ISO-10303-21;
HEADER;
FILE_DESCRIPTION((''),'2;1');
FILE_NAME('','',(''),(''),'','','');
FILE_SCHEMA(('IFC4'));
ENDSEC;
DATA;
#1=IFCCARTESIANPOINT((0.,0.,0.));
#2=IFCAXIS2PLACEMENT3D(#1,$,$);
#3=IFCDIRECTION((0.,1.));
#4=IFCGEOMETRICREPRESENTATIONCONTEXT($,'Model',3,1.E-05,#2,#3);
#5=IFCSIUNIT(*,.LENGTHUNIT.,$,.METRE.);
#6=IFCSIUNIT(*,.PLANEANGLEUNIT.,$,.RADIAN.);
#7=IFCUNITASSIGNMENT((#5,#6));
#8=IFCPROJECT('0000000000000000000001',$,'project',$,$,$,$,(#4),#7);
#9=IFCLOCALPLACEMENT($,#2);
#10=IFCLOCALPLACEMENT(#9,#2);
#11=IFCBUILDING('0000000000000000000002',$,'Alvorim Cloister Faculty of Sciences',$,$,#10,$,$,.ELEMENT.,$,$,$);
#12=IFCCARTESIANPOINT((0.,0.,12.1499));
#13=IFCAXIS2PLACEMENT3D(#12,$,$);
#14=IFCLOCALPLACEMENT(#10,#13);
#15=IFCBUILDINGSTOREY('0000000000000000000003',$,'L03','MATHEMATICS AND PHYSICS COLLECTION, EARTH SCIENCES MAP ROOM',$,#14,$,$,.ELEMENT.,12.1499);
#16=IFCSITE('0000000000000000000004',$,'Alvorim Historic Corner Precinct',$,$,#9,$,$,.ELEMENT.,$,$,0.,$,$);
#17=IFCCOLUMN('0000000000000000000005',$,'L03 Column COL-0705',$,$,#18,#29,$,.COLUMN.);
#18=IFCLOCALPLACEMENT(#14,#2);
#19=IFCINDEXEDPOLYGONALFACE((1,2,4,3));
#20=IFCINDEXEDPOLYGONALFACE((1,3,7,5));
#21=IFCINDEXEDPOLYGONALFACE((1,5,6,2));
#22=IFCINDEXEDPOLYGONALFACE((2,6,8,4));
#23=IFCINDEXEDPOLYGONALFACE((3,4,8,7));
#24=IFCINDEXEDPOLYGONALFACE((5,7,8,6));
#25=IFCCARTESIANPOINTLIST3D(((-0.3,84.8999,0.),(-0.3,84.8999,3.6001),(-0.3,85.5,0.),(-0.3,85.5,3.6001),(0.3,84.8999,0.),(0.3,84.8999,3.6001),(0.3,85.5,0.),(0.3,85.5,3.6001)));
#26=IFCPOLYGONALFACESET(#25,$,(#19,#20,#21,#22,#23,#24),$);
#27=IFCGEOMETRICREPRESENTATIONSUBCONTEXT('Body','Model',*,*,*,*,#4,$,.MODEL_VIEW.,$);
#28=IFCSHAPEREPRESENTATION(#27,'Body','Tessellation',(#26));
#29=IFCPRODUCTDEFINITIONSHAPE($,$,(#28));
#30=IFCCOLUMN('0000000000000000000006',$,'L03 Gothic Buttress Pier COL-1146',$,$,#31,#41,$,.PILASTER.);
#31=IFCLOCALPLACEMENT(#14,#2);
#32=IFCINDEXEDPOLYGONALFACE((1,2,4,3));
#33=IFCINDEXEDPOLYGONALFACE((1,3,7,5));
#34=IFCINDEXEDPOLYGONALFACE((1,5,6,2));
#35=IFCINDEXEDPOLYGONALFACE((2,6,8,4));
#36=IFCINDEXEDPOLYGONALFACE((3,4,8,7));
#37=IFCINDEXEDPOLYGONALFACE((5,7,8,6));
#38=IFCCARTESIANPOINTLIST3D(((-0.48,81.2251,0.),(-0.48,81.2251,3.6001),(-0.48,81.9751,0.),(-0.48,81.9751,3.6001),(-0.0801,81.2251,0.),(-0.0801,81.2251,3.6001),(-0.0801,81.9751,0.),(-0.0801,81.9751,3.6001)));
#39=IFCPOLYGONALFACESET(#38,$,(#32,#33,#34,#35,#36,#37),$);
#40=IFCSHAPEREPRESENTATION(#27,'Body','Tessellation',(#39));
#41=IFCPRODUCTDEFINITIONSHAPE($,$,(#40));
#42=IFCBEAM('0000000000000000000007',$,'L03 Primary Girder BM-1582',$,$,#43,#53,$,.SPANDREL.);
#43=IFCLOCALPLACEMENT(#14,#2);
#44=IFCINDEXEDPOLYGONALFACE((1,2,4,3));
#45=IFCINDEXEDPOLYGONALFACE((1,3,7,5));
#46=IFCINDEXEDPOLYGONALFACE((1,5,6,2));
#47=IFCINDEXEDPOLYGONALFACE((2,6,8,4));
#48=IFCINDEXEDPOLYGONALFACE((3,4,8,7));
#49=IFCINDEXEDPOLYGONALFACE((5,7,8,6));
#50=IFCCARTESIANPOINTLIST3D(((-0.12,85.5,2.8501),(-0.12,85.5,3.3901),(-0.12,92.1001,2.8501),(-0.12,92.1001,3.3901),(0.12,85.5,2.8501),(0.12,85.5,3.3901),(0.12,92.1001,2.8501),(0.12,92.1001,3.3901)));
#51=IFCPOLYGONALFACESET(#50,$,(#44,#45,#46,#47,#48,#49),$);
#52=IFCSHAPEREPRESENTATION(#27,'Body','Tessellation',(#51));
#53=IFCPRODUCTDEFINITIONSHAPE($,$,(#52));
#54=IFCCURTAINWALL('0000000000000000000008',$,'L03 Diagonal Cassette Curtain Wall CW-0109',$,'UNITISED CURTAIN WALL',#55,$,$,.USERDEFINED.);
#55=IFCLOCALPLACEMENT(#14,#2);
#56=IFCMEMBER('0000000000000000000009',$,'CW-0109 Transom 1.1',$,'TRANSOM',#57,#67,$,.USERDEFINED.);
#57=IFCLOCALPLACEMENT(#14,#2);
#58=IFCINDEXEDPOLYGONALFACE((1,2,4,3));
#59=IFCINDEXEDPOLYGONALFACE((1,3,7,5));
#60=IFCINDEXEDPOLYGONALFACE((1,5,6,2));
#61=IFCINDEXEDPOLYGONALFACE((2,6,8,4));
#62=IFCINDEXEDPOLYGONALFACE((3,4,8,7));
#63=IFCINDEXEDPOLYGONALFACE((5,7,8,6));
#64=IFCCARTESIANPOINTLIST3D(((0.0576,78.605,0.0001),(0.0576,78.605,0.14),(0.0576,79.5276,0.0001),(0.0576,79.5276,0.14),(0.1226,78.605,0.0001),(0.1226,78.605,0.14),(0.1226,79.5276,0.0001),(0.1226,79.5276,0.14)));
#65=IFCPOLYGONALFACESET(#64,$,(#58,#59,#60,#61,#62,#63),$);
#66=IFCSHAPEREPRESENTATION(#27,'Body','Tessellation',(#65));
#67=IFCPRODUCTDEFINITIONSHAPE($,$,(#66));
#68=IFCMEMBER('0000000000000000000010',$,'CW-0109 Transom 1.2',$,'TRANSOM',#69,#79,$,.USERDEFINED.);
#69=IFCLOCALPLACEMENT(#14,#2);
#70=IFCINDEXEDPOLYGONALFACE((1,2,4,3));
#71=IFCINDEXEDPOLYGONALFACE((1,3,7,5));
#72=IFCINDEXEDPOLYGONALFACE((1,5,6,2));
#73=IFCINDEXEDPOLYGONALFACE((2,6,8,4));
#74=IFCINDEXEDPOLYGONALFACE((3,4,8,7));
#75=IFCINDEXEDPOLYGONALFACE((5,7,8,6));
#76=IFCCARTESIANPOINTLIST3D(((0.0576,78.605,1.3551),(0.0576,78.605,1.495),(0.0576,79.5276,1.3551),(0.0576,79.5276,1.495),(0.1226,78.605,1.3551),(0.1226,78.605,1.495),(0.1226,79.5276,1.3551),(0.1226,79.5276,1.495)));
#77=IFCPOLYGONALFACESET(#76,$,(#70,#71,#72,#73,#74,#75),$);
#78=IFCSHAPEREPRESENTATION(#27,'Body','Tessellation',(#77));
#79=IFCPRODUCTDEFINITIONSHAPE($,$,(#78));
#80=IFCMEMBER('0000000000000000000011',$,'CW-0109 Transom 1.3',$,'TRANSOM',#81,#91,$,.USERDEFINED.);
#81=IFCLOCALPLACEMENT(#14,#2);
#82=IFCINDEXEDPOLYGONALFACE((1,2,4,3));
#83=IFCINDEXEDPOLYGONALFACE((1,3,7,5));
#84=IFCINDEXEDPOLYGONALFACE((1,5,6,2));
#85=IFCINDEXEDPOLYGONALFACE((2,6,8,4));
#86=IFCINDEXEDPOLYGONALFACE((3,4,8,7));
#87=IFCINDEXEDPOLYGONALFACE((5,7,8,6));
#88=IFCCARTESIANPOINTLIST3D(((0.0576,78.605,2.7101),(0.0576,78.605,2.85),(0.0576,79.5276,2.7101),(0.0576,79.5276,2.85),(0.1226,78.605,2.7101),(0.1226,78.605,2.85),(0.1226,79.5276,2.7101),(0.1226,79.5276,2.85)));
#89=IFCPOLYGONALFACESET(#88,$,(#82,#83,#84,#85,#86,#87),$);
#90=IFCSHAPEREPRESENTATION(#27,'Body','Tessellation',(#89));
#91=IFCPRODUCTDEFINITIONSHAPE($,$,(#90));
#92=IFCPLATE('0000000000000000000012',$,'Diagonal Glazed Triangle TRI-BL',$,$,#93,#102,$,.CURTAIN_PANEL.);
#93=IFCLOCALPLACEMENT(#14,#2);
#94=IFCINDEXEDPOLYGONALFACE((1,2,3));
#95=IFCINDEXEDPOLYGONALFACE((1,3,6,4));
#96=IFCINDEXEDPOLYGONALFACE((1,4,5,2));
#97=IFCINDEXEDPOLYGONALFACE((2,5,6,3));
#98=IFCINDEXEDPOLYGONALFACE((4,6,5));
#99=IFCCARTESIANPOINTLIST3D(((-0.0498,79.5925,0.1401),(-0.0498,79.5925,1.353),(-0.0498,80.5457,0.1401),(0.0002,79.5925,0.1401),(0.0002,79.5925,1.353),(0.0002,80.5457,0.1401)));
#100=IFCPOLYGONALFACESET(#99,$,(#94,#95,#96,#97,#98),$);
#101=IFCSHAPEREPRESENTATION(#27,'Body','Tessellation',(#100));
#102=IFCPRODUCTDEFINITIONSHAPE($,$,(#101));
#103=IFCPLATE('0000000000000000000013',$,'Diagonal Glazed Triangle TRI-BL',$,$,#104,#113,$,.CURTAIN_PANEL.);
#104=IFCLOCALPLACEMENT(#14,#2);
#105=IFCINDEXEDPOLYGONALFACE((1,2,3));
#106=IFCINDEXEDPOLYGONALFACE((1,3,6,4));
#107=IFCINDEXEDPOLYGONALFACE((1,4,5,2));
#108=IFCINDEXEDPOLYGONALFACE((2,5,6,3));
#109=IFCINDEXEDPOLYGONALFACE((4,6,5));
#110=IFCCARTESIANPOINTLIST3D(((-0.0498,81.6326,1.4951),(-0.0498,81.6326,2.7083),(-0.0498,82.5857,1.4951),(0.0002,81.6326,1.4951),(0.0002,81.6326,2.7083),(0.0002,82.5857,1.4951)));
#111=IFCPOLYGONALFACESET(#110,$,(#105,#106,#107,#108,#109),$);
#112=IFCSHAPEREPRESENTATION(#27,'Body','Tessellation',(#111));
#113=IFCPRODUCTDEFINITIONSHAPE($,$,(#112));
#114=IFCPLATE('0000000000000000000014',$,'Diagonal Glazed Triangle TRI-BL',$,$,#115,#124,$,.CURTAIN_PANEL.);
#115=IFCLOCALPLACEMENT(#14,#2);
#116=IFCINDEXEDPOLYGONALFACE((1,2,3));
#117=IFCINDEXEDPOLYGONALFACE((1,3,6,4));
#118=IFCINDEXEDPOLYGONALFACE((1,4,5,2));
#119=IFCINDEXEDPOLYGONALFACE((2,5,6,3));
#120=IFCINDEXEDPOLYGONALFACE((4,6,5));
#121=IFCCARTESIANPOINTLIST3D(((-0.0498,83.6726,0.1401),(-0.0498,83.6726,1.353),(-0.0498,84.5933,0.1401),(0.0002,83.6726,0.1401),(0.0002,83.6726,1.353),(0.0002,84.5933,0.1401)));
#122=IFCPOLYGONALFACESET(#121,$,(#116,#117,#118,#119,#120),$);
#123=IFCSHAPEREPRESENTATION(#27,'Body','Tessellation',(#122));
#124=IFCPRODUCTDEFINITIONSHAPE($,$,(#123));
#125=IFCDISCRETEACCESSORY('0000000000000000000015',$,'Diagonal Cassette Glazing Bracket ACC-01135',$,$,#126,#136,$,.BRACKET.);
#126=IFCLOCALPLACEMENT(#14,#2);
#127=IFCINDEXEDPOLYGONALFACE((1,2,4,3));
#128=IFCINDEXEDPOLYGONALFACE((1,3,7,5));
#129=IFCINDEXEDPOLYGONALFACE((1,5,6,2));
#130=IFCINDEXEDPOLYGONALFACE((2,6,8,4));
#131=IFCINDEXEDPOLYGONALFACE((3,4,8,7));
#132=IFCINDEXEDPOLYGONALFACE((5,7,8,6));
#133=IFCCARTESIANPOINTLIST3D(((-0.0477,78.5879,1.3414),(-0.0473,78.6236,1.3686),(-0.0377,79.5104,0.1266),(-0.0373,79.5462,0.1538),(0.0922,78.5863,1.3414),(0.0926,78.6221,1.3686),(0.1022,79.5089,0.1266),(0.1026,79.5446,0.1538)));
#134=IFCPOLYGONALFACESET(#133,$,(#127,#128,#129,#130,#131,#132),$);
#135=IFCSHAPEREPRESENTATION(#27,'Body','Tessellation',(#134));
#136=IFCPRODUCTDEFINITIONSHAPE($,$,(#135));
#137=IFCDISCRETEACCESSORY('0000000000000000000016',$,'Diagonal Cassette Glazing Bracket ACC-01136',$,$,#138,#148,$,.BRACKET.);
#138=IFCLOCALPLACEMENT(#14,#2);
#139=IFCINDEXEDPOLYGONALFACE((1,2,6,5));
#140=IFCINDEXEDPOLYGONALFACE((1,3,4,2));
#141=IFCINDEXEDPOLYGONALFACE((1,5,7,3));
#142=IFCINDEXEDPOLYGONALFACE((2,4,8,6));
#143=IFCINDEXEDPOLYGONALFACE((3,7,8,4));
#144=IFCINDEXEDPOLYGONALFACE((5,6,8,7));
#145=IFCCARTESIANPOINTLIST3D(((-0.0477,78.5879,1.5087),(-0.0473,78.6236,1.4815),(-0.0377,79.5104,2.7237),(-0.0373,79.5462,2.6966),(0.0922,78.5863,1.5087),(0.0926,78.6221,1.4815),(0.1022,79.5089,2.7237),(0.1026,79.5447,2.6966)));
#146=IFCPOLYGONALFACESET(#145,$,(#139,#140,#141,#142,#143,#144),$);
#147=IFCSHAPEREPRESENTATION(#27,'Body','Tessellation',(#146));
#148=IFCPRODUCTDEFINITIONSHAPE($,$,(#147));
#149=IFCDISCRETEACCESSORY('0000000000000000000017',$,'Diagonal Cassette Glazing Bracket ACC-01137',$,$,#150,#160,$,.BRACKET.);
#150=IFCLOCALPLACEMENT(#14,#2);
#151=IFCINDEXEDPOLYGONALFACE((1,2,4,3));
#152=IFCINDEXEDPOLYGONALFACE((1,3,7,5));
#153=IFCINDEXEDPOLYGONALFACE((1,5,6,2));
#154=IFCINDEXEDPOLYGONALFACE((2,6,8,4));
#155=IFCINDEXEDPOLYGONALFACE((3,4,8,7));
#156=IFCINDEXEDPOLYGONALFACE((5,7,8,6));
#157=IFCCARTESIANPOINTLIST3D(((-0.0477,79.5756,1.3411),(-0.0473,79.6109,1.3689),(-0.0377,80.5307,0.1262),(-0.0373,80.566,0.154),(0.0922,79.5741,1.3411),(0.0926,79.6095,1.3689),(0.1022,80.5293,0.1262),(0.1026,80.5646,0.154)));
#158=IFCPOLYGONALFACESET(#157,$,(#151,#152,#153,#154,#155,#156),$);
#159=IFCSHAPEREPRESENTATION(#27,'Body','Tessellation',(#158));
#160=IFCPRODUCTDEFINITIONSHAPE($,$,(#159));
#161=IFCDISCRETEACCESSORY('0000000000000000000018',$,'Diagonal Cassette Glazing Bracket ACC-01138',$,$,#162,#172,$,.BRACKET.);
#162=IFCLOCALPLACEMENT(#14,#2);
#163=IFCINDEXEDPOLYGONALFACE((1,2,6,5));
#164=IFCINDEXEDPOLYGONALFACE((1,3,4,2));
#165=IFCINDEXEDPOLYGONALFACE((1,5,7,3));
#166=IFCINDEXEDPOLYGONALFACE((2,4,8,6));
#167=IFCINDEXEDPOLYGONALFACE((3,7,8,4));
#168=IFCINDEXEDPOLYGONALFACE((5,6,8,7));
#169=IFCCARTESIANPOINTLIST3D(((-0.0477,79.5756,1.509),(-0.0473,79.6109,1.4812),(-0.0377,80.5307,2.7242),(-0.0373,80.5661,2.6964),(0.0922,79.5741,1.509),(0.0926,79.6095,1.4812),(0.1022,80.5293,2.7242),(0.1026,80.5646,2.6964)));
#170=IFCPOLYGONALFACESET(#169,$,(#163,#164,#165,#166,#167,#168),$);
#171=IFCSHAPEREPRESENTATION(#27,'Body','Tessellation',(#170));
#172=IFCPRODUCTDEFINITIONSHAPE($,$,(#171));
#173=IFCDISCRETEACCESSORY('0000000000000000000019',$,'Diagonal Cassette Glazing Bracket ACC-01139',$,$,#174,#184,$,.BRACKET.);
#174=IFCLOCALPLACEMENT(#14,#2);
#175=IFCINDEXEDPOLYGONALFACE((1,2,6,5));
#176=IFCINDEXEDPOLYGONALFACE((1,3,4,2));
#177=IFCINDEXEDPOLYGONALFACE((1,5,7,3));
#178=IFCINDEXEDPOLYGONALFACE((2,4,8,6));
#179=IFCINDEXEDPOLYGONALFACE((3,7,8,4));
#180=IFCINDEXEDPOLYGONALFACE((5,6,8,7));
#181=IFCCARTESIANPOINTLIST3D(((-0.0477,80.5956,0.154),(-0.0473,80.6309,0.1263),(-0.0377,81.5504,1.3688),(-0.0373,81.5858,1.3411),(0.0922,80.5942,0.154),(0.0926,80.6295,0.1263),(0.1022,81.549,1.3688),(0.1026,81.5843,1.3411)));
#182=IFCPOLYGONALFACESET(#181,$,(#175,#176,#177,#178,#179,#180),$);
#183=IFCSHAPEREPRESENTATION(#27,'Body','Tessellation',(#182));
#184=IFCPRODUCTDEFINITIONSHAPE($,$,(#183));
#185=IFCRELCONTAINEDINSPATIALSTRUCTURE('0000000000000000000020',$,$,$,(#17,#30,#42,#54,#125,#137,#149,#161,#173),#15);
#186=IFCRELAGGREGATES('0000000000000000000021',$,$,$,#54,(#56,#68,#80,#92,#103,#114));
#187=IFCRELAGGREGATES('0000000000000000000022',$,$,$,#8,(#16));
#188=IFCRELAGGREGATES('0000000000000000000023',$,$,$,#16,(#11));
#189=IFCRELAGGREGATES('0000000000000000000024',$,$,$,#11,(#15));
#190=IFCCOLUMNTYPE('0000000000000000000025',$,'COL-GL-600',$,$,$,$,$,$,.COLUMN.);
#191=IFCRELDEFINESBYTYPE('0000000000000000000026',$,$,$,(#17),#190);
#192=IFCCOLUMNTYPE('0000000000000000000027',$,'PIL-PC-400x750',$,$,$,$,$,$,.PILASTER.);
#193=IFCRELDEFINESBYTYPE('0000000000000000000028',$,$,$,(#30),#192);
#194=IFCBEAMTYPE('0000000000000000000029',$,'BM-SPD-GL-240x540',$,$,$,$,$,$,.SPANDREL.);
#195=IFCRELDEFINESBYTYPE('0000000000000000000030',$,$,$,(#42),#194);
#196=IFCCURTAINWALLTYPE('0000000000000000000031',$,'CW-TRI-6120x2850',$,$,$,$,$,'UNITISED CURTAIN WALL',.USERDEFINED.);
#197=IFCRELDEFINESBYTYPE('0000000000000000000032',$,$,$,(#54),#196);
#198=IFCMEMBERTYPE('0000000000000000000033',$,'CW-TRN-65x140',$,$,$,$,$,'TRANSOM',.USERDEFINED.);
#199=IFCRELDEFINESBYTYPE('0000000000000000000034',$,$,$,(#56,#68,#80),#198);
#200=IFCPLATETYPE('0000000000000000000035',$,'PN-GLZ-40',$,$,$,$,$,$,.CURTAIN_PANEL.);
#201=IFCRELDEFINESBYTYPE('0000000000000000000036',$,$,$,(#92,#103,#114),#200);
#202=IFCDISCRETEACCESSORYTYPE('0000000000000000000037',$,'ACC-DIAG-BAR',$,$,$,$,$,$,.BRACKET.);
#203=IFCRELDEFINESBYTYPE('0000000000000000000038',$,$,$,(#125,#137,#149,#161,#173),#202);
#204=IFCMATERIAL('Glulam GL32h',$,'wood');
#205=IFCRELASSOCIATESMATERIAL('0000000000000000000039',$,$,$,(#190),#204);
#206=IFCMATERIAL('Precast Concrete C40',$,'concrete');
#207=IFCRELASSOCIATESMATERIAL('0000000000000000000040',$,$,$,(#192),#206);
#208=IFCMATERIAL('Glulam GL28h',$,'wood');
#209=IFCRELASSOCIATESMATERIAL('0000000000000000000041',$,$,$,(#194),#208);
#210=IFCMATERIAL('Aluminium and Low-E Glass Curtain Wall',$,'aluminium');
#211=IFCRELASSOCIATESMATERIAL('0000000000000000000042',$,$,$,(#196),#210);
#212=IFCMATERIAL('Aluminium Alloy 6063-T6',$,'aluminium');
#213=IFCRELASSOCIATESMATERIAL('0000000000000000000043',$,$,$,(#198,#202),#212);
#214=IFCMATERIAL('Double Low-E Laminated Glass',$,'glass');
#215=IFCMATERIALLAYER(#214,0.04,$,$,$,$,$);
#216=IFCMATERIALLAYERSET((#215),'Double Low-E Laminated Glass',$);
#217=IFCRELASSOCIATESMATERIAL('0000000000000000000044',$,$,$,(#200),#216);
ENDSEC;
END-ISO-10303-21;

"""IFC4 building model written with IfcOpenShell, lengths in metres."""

from ifc_helpers import new_model, si_unit, direction, frame, origin, origin_2d, place, context, subcontext, project, spatial, polyline, rectangle, outline, extrude, material, layer, layer_set, material_profile, profile_set, type_object, element, aggregate, save


model = new_model("IFC4")

# Units and contexts
model_context = context("Model", 3, precision=1e-05, world=origin(), true_north=direction((0.0, 1.0)))
body_context = subcontext(model_context, "Body", "Model", "MODEL_VIEW")
ifc_project = project(units=[si_unit("LENGTHUNIT", "METRE"), si_unit("PLANEANGLEUNIT", "RADIAN")], contexts=[model_context])

# Site, building, storey
site_placement = place(None, origin())
site = spatial("IfcSite", under=ifc_project, at=site_placement, Name="Alvorim Historic Corner Precinct", CompositionType="ELEMENT", RefElevation=0.0)
building_placement = place(site_placement, origin())
building = spatial("IfcBuilding", under=site, at=building_placement, Name="Alvorim Cloister Faculty of Sciences", CompositionType="ELEMENT")
storey_placement = place(building_placement, frame((0.0, 0.0, 12.1499)))
storey = spatial("IfcBuildingStorey", under=building, at=storey_placement, Name="L03", Description="MATHEMATICS AND PHYSICS COLLECTION, EARTH SCIENCES MAP ROOM", CompositionType="ELEMENT", Elevation=12.1499)

# Columns
ifc_material_1 = material(Name="Glulam GL32h", Category="wood")
ifc_material_profile_1 = material_profile(ifc_material_1, rectangle(XDim=0.6001, YDim=0.6001, at=origin_2d()), Name="GL32-COL-600x600")
ifc_profile_set_1 = profile_set([ifc_material_profile_1], Name="Glulam GL32h")
column_type_1 = type_object("IfcColumnType", Name="COL-GL-600", PredefinedType="COLUMN", material=ifc_profile_set_1)
column_1_placement = place(storey_placement, frame((0.0, 85.2, 0.0), z_axis=(0.0, 0.0, 1.0), x_axis=(1.0, 0.0, 0.0)))
element("IfcColumn", 1, at=column_1_placement, inside=storey, type_object=column_type_1, Name="L03 Column COL-0705", PredefinedType="COLUMN", context=body_context, shape_type="SweptSolid", body=[
    extrude(rectangle(XDim=0.6001, YDim=0.6001, at=origin_2d()), origin(), (0.0, 0.0, 1.0), 3.6001),
])
ifc_material_2 = material(Name="Precast Concrete C40", Category="concrete")
ifc_material_profile_2 = material_profile(ifc_material_2, rectangle(XDim=0.3999, YDim=0.75, at=origin_2d()), Name="RC40-PIL-400x750")
ifc_profile_set_2 = profile_set([ifc_material_profile_2], Name="Precast Concrete C40")
column_type_2 = type_object("IfcColumnType", Name="PIL-PC-400x750", PredefinedType="PILASTER", material=ifc_profile_set_2)
column_2_placement = place(storey_placement, frame((-0.28, 81.6001, 0.0), z_axis=(0.0, 0.0, 1.0), x_axis=(1.0, 0.0, 0.0)))
element("IfcColumn", 2, at=column_2_placement, inside=storey, type_object=column_type_2, Name="L03 Gothic Buttress Pier COL-1146", PredefinedType="PILASTER", context=body_context, shape_type="SweptSolid", body=[
    extrude(rectangle(XDim=0.3999, YDim=0.75, at=origin_2d()), origin(), (0.0, 0.0, 1.0), 3.6001),
])

# Beam
ifc_material_3 = material(Name="Glulam GL28h", Category="wood")
ifc_material_profile_3 = material_profile(ifc_material_3, rectangle(XDim=0.24, YDim=0.54, at=origin_2d()), Name="GL28-SPD-240x540")
ifc_profile_set_3 = profile_set([ifc_material_profile_3], Name="Glulam GL28h")
beam_type = type_object("IfcBeamType", Name="BM-SPD-GL-240x540", PredefinedType="SPANDREL", material=ifc_profile_set_3)
beam_placement = place(storey_placement, frame((0.0, 85.5, 3.1201), z_axis=(0.0, 1.0, 0.0), x_axis=(-1.0, 0.0, 0.0)))
element("IfcBeam", 3, at=beam_placement, inside=storey, type_object=beam_type, Name="L03 Primary Girder BM-1582", PredefinedType="SPANDREL", context=body_context, shape_type="SweptSolid", body=[
    extrude(rectangle(XDim=0.24, YDim=0.54, at=origin_2d()), origin(), (0.0, 0.0, 1.0), 6.6001),
])

# Curtain wall, members, plates
ifc_material_4 = material(Name="Aluminium and Low-E Glass Curtain Wall", Category="aluminium")
curtain_wall_type = type_object("IfcCurtainWallType", Name="CW-TRI-6120x2850", ElementType="UNITISED CURTAIN WALL", PredefinedType="USERDEFINED", material=ifc_material_4)
curtain_wall_placement = place(storey_placement, origin())
curtain_wall = element("IfcCurtainWall", 4, at=curtain_wall_placement, inside=storey, type_object=curtain_wall_type, Name="L03 Diagonal Cassette Curtain Wall CW-0109", ObjectType="UNITISED CURTAIN WALL", PredefinedType="USERDEFINED")
ifc_material_5 = material(Name="Aluminium Alloy 6063-T6", Category="aluminium")
ifc_material_profile_4 = material_profile(ifc_material_5, rectangle(XDim=0.0649, YDim=0.1399, at=origin_2d()), Name="ALU-TRN-65x140")
ifc_profile_set_4 = profile_set([ifc_material_profile_4], Name="Aluminium Alloy 6063-T6")
member_type = type_object("IfcMemberType", Name="CW-TRN-65x140", ElementType="TRANSOM", PredefinedType="USERDEFINED", material=ifc_profile_set_4)
member_1_placement = place(storey_placement, frame((0.0901, 78.605, 0.0701), z_axis=(0.0, 1.0, 0.0), x_axis=(-1.0, 0.0, 0.0)))
member_1 = element("IfcMember", 5, at=member_1_placement, type_object=member_type, Name="CW-0109 Transom 1.1", ObjectType="TRANSOM", PredefinedType="USERDEFINED", context=body_context, shape_type="SweptSolid", body=[
    extrude(rectangle(XDim=0.0649, YDim=0.1399, at=origin_2d()), origin(), (0.0, 0.0, 1.0), 0.9226),
])
member_2_placement = place(storey_placement, frame((0.0901, 78.605, 1.425), z_axis=(0.0, 1.0, 0.0), x_axis=(-1.0, 0.0, 0.0)))
member_2 = element("IfcMember", 6, at=member_2_placement, type_object=member_type, Name="CW-0109 Transom 1.2", ObjectType="TRANSOM", PredefinedType="USERDEFINED", context=body_context, shape_type="SweptSolid", body=[
    extrude(rectangle(XDim=0.0649, YDim=0.1399, at=origin_2d()), origin(), (0.0, 0.0, 1.0), 0.9226),
])
member_3_placement = place(storey_placement, frame((0.0901, 78.605, 2.78), z_axis=(0.0, 1.0, 0.0), x_axis=(-1.0, 0.0, 0.0)))
member_3 = element("IfcMember", 7, at=member_3_placement, type_object=member_type, Name="CW-0109 Transom 1.3", ObjectType="TRANSOM", PredefinedType="USERDEFINED", context=body_context, shape_type="SweptSolid", body=[
    extrude(rectangle(XDim=0.0649, YDim=0.1399, at=origin_2d()), origin(), (0.0, 0.0, 1.0), 0.9226),
])
ifc_material_6 = material(Name="Double Low-E Laminated Glass", Category="glass")
ifc_layer = layer(ifc_material_6, 0.04)
ifc_layer_set = layer_set([ifc_layer], Name="Double Low-E Laminated Glass")
plate_type = type_object("IfcPlateType", Name="PN-GLZ-40", PredefinedType="CURTAIN_PANEL", material=ifc_layer_set)
plate_1_placement = place(storey_placement, frame((-0.0249, 79.5925, 0.1401), z_axis=(0.0, 0.0, 1.0), x_axis=(0.0, 1.0, 0.0)))
plate_1 = element("IfcPlate", 8, at=plate_1_placement, type_object=plate_type, Name="Diagonal Glazed Triangle TRI-BL", PredefinedType="CURTAIN_PANEL", context=body_context, shape_type="SweptSolid", body=[
    extrude(outline(polyline([(0.0, 0.0), (0.9531, 0.0), (0.0, 1.2129), (0.0, 0.0)])), frame((0.0, 0.0249, 0.0), z_axis=(0.0, -1.0, 0.0), x_axis=(1.0, 0.0, 0.0)), (0.0, 0.0, 1.0), 0.05),
])
plate_2_placement = place(storey_placement, frame((-0.0249, 81.6326, 1.4951), z_axis=(0.0, 0.0, 1.0), x_axis=(0.0, 1.0, 0.0)))
plate_2 = element("IfcPlate", 9, at=plate_2_placement, type_object=plate_type, Name="Diagonal Glazed Triangle TRI-BL", PredefinedType="CURTAIN_PANEL", context=body_context, shape_type="SweptSolid", body=[
    extrude(outline(polyline([(0.0, 0.0), (0.9531, 0.0), (0.0, 1.2131), (0.0, 0.0)])), frame((0.0, 0.0249, 0.0), z_axis=(0.0, -1.0, 0.0), x_axis=(1.0, 0.0, 0.0)), (0.0, 0.0, 1.0), 0.05),
])
plate_3_placement = place(storey_placement, frame((-0.0249, 83.6726, 0.1401), z_axis=(0.0, 0.0, 1.0), x_axis=(0.0, 1.0, 0.0)))
plate_3 = element("IfcPlate", 10, at=plate_3_placement, type_object=plate_type, Name="Diagonal Glazed Triangle TRI-BL", PredefinedType="CURTAIN_PANEL", context=body_context, shape_type="SweptSolid", body=[
    extrude(outline(polyline([(0.0, 0.0), (0.9207, 0.0), (0.0, 1.2129), (0.0, 0.0)])), frame((0.0, 0.0249, 0.0), z_axis=(0.0, -1.0, 0.0), x_axis=(1.0, 0.0, 0.0)), (0.0, 0.0, 1.0), 0.05),
])
aggregate(curtain_wall, [member_1, member_2, member_3, plate_1, plate_2, plate_3])

# Discrete accessories
discrete_accessory_type = type_object("IfcDiscreteAccessoryType", Name="ACC-DIAG-BAR", PredefinedType="BRACKET", material=ifc_material_5)
discrete_accessory_1_placement = place(storey_placement, frame((0.0225, 78.605, 1.355), z_axis=(0.006562, 0.60479, -0.796358), x_axis=(-0.999941, 0.010849, 0.0)))
element("IfcDiscreteAccessory", 11, at=discrete_accessory_1_placement, inside=storey, type_object=discrete_accessory_type, Name="Diagonal Cassette Glazing Bracket ACC-01135", PredefinedType="BRACKET", context=body_context, shape_type="SweptSolid", body=[
    extrude(rectangle(XDim=0.1399, YDim=0.0449, at=origin_2d()), origin(), (0.0, 0.0, 1.0), 1.5254),
])
discrete_accessory_2_placement = place(storey_placement, frame((0.0225, 78.605, 1.4951), z_axis=(0.006561, 0.604713, 0.796416), x_axis=(-0.999941, 0.010849, 0.0)))
element("IfcDiscreteAccessory", 12, at=discrete_accessory_2_placement, inside=storey, type_object=discrete_accessory_type, Name="Diagonal Cassette Glazing Bracket ACC-01136", PredefinedType="BRACKET", context=body_context, shape_type="SweptSolid", body=[
    extrude(rectangle(XDim=0.1399, YDim=0.0449, at=origin_2d()), origin(), (0.0, 0.0, 1.0), 1.5256),
])
discrete_accessory_3_placement = place(storey_placement, frame((0.0225, 79.5925, 1.355), z_axis=(0.006477, 0.618032, -0.786126), x_axis=(-0.999945, 0.01048, 0.0)))
element("IfcDiscreteAccessory", 13, at=discrete_accessory_3_placement, inside=storey, type_object=discrete_accessory_type, Name="Diagonal Cassette Glazing Bracket ACC-01137", PredefinedType="BRACKET", context=body_context, shape_type="SweptSolid", body=[
    extrude(rectangle(XDim=0.1399, YDim=0.0449, at=origin_2d()), origin(), (0.0, 0.0, 1.0), 1.5454),
])
discrete_accessory_4_placement = place(storey_placement, frame((0.0225, 79.5925, 1.4951), z_axis=(0.006477, 0.617955, 0.786187), x_axis=(-0.999945, 0.01048, 0.0)))
element("IfcDiscreteAccessory", 14, at=discrete_accessory_4_placement, inside=storey, type_object=discrete_accessory_type, Name="Diagonal Cassette Glazing Bracket ACC-01138", PredefinedType="BRACKET", context=body_context, shape_type="SweptSolid", body=[
    extrude(rectangle(XDim=0.1399, YDim=0.0449, at=origin_2d()), origin(), (0.0, 0.0, 1.0), 1.5457),
])
discrete_accessory_5_placement = place(storey_placement, frame((0.0225, 80.6125, 0.1401), z_axis=(0.006478, 0.617934, 0.786203), x_axis=(-0.999945, 0.010483, 0.0)))
element("IfcDiscreteAccessory", 15, at=discrete_accessory_5_placement, inside=storey, type_object=discrete_accessory_type, Name="Diagonal Cassette Glazing Bracket ACC-01139", PredefinedType="BRACKET", context=body_context, shape_type="SweptSolid", body=[
    extrude(rectangle(XDim=0.1399, YDim=0.0449, at=origin_2d()), origin(), (0.0, 0.0, 1.0), 1.5452),
])

save(model, "model.ifc")
